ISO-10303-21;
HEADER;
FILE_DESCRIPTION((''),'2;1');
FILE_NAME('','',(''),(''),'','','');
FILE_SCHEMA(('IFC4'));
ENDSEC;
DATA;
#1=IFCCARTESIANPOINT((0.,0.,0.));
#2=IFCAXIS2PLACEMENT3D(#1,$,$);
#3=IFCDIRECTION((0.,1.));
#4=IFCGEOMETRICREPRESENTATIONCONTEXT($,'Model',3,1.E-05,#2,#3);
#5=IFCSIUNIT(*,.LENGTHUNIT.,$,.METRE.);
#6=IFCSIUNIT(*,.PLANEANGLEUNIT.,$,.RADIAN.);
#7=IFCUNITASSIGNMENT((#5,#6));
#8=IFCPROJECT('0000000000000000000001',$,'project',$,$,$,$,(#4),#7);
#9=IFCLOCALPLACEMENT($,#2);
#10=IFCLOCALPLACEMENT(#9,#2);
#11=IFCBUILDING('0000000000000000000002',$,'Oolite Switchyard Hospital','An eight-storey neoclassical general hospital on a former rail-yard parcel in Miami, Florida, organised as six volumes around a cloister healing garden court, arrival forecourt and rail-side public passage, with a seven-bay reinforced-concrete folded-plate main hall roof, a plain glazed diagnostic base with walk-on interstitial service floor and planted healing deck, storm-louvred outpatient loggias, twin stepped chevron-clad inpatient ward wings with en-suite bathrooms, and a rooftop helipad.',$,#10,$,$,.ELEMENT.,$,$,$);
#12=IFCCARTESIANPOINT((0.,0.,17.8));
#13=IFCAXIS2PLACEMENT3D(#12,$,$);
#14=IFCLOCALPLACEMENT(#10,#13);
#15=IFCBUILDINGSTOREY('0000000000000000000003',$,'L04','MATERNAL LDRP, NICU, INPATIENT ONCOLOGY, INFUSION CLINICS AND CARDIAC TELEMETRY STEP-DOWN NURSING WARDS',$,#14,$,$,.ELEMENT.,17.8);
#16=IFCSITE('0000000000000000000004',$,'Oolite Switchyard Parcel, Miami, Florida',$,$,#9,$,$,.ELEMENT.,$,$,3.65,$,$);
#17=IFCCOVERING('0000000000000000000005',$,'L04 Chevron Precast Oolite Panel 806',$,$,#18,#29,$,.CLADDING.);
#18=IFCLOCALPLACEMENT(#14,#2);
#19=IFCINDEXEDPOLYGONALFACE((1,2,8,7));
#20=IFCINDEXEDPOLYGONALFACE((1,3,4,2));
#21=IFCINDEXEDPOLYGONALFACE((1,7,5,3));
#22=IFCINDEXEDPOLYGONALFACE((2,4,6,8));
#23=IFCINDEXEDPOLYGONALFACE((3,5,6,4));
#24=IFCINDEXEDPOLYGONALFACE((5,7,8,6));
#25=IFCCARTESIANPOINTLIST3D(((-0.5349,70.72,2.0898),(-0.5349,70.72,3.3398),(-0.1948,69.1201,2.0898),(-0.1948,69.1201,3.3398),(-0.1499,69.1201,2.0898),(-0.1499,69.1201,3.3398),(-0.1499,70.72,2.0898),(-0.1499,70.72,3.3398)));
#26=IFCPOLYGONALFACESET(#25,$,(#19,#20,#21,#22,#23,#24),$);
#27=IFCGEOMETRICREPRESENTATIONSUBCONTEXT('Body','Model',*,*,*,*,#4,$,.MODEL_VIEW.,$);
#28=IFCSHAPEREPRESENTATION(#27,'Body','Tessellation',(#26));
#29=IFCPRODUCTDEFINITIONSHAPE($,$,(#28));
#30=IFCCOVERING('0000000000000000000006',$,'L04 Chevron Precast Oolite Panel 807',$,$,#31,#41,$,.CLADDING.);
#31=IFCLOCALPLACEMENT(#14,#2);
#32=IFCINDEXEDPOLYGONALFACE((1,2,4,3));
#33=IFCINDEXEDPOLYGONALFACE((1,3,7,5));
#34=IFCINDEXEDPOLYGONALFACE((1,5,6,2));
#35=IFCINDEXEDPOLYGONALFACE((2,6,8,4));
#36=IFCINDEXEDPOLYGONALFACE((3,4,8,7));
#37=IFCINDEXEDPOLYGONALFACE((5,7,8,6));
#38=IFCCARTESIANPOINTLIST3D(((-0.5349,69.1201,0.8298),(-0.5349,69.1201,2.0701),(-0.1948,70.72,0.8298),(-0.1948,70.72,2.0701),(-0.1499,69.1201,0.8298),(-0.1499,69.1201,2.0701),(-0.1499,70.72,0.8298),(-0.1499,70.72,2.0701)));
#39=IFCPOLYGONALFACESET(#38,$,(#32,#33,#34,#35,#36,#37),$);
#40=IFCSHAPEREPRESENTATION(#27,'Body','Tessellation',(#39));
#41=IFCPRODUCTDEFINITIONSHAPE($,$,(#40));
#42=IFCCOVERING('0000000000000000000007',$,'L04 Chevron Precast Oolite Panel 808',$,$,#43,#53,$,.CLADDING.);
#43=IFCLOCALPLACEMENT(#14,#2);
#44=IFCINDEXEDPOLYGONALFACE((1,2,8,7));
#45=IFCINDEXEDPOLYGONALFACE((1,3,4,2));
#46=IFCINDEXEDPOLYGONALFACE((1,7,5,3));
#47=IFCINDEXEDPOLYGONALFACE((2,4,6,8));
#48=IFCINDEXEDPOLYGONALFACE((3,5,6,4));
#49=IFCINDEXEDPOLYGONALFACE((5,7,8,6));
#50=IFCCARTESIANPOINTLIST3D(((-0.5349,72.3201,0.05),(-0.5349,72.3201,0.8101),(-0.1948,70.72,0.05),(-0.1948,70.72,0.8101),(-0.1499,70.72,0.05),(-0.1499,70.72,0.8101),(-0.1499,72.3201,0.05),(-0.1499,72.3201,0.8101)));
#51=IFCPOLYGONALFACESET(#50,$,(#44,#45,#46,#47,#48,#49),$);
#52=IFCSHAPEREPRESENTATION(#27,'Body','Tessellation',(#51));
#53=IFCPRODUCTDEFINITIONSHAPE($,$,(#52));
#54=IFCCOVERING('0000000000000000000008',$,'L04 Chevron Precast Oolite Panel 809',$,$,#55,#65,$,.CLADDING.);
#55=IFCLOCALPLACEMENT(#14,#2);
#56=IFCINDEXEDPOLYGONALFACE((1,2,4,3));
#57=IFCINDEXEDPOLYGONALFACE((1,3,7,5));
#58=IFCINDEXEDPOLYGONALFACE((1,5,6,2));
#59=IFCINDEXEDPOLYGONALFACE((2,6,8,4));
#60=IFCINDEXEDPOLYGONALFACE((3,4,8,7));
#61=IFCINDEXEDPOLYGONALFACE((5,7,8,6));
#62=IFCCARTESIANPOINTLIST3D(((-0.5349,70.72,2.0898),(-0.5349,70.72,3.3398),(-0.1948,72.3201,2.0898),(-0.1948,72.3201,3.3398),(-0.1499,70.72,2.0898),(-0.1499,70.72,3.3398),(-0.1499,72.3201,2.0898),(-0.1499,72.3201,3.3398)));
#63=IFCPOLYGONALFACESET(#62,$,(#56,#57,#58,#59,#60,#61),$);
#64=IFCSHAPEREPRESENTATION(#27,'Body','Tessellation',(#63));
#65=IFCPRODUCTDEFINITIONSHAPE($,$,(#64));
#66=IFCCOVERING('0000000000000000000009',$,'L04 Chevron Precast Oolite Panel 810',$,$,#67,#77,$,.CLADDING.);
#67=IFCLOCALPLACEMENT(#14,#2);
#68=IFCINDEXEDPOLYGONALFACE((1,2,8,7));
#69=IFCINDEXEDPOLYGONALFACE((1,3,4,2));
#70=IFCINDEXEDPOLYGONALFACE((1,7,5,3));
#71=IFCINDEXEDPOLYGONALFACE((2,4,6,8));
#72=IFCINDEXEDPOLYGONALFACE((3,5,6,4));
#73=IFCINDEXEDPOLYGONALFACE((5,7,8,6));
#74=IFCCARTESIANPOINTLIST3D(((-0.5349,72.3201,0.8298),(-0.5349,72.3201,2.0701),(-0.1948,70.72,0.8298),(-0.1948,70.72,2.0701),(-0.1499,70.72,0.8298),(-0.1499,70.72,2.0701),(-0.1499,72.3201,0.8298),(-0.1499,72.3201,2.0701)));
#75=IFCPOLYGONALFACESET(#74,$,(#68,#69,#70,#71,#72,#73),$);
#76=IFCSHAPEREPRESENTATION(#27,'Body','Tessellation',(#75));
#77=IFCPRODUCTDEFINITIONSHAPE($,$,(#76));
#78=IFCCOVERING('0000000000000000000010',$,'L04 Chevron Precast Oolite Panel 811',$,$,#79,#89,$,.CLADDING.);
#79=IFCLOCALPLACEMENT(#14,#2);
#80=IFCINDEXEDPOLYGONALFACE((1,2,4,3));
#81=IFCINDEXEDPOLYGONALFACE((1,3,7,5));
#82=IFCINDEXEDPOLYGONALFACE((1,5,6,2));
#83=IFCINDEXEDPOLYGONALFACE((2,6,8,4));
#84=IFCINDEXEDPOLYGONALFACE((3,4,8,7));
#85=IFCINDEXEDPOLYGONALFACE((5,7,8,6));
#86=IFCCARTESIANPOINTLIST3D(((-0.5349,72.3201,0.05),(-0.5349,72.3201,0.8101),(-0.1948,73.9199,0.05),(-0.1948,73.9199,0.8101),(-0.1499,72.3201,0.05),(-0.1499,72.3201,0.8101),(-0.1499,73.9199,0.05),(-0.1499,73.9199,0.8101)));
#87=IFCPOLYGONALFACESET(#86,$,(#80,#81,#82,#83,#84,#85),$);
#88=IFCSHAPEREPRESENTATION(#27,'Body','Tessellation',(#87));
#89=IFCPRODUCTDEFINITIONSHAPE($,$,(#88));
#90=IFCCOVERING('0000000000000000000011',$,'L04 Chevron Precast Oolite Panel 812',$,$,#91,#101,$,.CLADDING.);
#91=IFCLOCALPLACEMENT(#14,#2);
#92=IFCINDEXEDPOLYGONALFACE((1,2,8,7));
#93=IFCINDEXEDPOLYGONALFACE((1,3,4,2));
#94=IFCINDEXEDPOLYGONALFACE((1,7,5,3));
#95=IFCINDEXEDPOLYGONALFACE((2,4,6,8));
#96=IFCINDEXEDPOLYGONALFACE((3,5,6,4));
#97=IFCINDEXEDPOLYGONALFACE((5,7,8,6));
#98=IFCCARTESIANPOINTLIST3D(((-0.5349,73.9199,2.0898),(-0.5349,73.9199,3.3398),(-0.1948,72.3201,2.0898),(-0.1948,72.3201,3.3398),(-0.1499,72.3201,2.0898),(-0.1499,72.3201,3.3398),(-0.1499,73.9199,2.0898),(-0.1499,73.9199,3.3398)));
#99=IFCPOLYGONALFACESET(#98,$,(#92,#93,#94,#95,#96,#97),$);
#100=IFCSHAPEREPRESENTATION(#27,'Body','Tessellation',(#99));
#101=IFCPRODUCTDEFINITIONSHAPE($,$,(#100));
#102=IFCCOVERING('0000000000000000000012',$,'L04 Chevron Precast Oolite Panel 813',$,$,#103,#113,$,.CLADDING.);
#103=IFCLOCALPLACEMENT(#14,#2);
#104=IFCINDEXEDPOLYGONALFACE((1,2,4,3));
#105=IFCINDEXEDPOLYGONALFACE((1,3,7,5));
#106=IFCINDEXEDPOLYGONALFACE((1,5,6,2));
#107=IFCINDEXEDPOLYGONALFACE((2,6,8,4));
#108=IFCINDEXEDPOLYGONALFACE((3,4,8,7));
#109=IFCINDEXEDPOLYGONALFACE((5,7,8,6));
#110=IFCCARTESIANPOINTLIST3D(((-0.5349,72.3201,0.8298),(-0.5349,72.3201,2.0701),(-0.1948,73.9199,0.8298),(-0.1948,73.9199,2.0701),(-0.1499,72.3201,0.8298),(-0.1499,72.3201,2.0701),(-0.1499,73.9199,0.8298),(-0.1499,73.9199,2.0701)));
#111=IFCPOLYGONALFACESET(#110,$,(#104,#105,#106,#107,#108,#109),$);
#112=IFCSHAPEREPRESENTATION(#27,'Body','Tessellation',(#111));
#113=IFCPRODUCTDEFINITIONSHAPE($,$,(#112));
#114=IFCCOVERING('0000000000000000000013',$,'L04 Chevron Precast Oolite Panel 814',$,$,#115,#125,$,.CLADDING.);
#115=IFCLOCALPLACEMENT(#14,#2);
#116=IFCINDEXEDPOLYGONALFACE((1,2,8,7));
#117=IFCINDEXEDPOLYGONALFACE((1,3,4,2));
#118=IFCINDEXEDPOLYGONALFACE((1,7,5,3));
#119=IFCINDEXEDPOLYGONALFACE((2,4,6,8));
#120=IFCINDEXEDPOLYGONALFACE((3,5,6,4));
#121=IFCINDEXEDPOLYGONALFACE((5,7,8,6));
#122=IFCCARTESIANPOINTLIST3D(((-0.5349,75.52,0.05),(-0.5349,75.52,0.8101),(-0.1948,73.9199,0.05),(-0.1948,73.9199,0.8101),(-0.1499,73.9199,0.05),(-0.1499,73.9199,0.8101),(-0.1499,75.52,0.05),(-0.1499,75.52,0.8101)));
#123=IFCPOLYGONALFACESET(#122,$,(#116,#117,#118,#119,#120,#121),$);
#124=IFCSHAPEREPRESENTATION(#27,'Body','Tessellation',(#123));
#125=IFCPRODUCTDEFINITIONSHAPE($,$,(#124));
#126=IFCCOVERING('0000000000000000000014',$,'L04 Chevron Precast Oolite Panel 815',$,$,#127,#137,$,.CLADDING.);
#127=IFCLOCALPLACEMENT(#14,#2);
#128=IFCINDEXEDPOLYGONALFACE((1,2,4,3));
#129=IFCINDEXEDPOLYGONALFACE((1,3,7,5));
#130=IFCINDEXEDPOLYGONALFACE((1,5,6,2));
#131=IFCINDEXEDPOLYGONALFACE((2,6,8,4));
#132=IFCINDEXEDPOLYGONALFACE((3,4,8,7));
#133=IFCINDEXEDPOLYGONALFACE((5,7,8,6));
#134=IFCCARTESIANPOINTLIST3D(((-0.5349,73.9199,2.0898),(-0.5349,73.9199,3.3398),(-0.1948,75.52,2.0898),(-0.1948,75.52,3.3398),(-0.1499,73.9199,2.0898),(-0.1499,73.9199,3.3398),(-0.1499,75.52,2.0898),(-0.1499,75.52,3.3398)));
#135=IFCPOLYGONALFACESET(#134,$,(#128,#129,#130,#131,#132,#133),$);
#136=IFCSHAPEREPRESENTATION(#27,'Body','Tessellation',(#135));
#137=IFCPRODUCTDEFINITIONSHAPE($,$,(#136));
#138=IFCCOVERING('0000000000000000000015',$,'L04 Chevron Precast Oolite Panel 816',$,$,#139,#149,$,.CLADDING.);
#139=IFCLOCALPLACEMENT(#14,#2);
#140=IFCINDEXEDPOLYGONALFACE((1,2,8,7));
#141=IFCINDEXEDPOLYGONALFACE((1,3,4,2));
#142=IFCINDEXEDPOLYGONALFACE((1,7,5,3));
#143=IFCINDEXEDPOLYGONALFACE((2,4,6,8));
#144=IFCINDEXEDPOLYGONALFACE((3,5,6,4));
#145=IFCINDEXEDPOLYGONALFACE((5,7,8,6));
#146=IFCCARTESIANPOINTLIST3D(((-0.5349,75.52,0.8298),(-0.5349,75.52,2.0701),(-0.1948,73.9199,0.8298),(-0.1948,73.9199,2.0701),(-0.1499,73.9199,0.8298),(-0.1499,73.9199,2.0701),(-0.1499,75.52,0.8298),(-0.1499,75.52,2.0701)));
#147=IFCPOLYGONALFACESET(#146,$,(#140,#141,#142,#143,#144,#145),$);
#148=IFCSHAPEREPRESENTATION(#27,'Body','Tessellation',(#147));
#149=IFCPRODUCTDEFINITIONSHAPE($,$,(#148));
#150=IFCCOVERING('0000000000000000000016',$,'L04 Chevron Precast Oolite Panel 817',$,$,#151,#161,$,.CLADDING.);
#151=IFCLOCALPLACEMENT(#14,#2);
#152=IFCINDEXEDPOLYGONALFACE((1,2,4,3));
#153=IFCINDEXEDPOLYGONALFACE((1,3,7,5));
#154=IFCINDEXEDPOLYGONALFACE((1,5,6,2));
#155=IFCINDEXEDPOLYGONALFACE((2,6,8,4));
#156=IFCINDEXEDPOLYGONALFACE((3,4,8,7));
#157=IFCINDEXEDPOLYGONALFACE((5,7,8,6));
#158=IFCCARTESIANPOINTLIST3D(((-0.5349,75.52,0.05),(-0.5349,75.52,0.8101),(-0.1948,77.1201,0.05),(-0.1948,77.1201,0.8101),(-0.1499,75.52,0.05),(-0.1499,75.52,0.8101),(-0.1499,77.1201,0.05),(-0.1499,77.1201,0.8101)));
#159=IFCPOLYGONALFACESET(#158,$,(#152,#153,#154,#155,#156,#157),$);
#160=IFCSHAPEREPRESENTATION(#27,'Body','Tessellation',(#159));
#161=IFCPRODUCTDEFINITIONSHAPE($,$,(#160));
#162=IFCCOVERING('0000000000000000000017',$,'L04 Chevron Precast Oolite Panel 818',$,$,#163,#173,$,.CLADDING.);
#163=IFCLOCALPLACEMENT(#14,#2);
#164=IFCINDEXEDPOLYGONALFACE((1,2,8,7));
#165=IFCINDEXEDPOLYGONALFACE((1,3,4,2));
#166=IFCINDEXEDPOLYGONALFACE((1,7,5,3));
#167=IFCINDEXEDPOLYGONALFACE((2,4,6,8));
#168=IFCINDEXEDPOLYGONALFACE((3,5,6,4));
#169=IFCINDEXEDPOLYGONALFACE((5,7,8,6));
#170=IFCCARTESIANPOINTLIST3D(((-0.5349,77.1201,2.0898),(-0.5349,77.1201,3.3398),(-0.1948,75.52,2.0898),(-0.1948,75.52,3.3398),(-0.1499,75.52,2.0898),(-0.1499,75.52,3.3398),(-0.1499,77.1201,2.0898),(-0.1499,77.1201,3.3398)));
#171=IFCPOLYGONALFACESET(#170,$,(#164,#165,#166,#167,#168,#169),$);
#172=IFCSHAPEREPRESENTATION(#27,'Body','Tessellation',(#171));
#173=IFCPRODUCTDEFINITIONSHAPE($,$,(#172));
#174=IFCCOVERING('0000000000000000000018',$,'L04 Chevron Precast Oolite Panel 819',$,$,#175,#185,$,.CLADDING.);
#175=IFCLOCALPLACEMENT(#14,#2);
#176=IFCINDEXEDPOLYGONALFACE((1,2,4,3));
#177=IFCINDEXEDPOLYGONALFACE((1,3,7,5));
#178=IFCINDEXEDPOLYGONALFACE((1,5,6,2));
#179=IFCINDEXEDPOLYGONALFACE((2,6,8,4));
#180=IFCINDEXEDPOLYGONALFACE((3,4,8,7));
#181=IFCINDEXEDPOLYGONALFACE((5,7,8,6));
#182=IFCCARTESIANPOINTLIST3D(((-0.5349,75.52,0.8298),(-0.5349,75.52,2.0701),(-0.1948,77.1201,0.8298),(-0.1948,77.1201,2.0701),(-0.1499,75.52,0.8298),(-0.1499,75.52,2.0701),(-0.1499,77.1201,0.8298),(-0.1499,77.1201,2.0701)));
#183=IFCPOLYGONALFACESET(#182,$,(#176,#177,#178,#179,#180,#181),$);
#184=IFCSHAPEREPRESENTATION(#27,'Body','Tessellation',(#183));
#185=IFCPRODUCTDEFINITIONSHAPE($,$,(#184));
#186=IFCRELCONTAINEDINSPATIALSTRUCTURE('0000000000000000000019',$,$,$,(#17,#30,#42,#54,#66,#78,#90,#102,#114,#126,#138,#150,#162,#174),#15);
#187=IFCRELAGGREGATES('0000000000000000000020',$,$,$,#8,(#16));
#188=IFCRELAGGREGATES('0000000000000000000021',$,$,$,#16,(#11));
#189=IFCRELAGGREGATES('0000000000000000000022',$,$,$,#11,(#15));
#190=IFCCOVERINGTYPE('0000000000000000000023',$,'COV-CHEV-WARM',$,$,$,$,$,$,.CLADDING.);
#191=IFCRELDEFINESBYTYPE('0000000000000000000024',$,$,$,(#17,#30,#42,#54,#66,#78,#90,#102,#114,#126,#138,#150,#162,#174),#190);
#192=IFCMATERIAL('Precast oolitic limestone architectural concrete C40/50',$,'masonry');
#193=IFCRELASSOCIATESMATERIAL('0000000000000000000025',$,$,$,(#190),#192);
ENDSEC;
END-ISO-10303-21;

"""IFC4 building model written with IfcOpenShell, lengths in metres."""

from ifc_helpers import new_model, si_unit, direction, frame, origin, place, context, subcontext, project, spatial, polyline, outline, extrude, material, type_object, element, save


model = new_model("IFC4")

# Units and contexts
model_context = context("Model", 3, precision=1e-05, world=origin(), true_north=direction((0.0, 1.0)))
body_context = subcontext(model_context, "Body", "Model", "MODEL_VIEW")
ifc_project = project(units=[si_unit("LENGTHUNIT", "METRE"), si_unit("PLANEANGLEUNIT", "RADIAN")], contexts=[model_context])

# Site, building, storey
site_placement = place(None, origin())
site = spatial("IfcSite", under=ifc_project, at=site_placement, Name="Oolite Switchyard Parcel, Miami, Florida", CompositionType="ELEMENT", RefElevation=3.65)
building_placement = place(site_placement, origin())
building = spatial("IfcBuilding", under=site, at=building_placement, Name="Oolite Switchyard Hospital", Description="An eight-storey neoclassical general hospital on a former rail-yard parcel in Miami, Florida, organised as six volumes around a cloister healing garden court, arrival forecourt and rail-side public passage, with a seven-bay reinforced-concrete folded-plate main hall roof, a plain glazed diagnostic base with walk-on interstitial service floor and planted healing deck, storm-louvred outpatient loggias, twin stepped chevron-clad inpatient ward wings with en-suite bathrooms, and a rooftop helipad.", CompositionType="ELEMENT")
storey_placement = place(building_placement, frame((0.0, 0.0, 17.8)))
storey = spatial("IfcBuildingStorey", under=building, at=storey_placement, Name="L04", Description="MATERNAL LDRP, NICU, INPATIENT ONCOLOGY, INFUSION CLINICS AND CARDIAC TELEMETRY STEP-DOWN NURSING WARDS", CompositionType="ELEMENT", Elevation=17.8)

# Shared definitions
ifc_material_1 = material(Name="Precast oolitic limestone architectural concrete C40/50", Category="masonry")

# Coverings
covering_type = type_object("IfcCoveringType", Name="COV-CHEV-WARM", PredefinedType="CLADDING", material=ifc_material_1)
covering_1_placement = place(storey_placement, frame((-0.1499, 69.1201, 2.0898), z_axis=(0.0, 0.0, 1.0), x_axis=(0.0, 1.0, 0.0)))
element("IfcCovering", 1, at=covering_1_placement, inside=storey, type_object=covering_type, Name="L04 Chevron Precast Oolite Panel 806", PredefinedType="CLADDING", context=body_context, shape_type="SweptSolid", body=[
    extrude(outline(polyline([(0.0, 0.0), (1.5999, 0.0), (1.5999, 0.385), (0.0, 0.0449), (0.0, 0.0)])), origin(), (0.0, 0.0, 1.0), 1.25),
])
covering_2_placement = place(storey_placement, frame((-0.1499, 69.1201, 0.8298), z_axis=(0.0, 0.0, 1.0), x_axis=(0.0, 1.0, 0.0)))
element("IfcCovering", 2, at=covering_2_placement, inside=storey, type_object=covering_type, Name="L04 Chevron Precast Oolite Panel 807", PredefinedType="CLADDING", context=body_context, shape_type="SweptSolid", body=[
    extrude(outline(polyline([(0.0, 0.0), (1.5999, 0.0), (1.5999, 0.0449), (0.0, 0.385), (0.0, 0.0)])), origin(), (0.0, 0.0, 1.0), 1.2402),
])
covering_3_placement = place(storey_placement, frame((-0.1499, 70.72, 0.05), z_axis=(0.0, 0.0, 1.0), x_axis=(0.0, 1.0, 0.0)))
element("IfcCovering", 3, at=covering_3_placement, inside=storey, type_object=covering_type, Name="L04 Chevron Precast Oolite Panel 808", PredefinedType="CLADDING", context=body_context, shape_type="SweptSolid", body=[
    extrude(outline(polyline([(0.0, 0.0), (1.6001, 0.0), (1.6001, 0.385), (0.0, 0.0449), (0.0, 0.0)])), origin(), (0.0, 0.0, 1.0), 0.76),
])
covering_4_placement = place(storey_placement, frame((-0.1499, 70.72, 2.0898), z_axis=(0.0, 0.0, 1.0), x_axis=(0.0, 1.0, 0.0)))
element("IfcCovering", 4, at=covering_4_placement, inside=storey, type_object=covering_type, Name="L04 Chevron Precast Oolite Panel 809", PredefinedType="CLADDING", context=body_context, shape_type="SweptSolid", body=[
    extrude(outline(polyline([(0.0, 0.0), (1.6001, 0.0), (1.6001, 0.0449), (0.0, 0.385), (0.0, 0.0)])), origin(), (0.0, 0.0, 1.0), 1.25),
])
covering_5_placement = place(storey_placement, frame((-0.1499, 70.72, 0.8298), z_axis=(0.0, 0.0, 1.0), x_axis=(0.0, 1.0, 0.0)))
element("IfcCovering", 5, at=covering_5_placement, inside=storey, type_object=covering_type, Name="L04 Chevron Precast Oolite Panel 810", PredefinedType="CLADDING", context=body_context, shape_type="SweptSolid", body=[
    extrude(outline(polyline([(0.0, 0.0), (1.6001, 0.0), (1.6001, 0.385), (0.0, 0.0449), (0.0, 0.0)])), origin(), (0.0, 0.0, 1.0), 1.2402),
])
covering_6_placement = place(storey_placement, frame((-0.1499, 72.3201, 0.05), z_axis=(0.0, 0.0, 1.0), x_axis=(0.0, 1.0, 0.0)))
element("IfcCovering", 6, at=covering_6_placement, inside=storey, type_object=covering_type, Name="L04 Chevron Precast Oolite Panel 811", PredefinedType="CLADDING", context=body_context, shape_type="SweptSolid", body=[
    extrude(outline(polyline([(0.0, 0.0), (1.5999, 0.0), (1.5999, 0.0449), (0.0, 0.385), (0.0, 0.0)])), origin(), (0.0, 0.0, 1.0), 0.76),
])
covering_7_placement = place(storey_placement, frame((-0.1499, 72.3201, 2.0898), z_axis=(0.0, 0.0, 1.0), x_axis=(0.0, 1.0, 0.0)))
element("IfcCovering", 7, at=covering_7_placement, inside=storey, type_object=covering_type, Name="L04 Chevron Precast Oolite Panel 812", PredefinedType="CLADDING", context=body_context, shape_type="SweptSolid", body=[
    extrude(outline(polyline([(0.0, 0.0), (1.5999, 0.0), (1.5999, 0.385), (0.0, 0.0449), (0.0, 0.0)])), origin(), (0.0, 0.0, 1.0), 1.25),
])
covering_8_placement = place(storey_placement, frame((-0.1499, 72.3201, 0.8298), z_axis=(0.0, 0.0, 1.0), x_axis=(0.0, 1.0, 0.0)))
element("IfcCovering", 8, at=covering_8_placement, inside=storey, type_object=covering_type, Name="L04 Chevron Precast Oolite Panel 813", PredefinedType="CLADDING", context=body_context, shape_type="SweptSolid", body=[
    extrude(outline(polyline([(0.0, 0.0), (1.5999, 0.0), (1.5999, 0.0449), (0.0, 0.385), (0.0, 0.0)])), origin(), (0.0, 0.0, 1.0), 1.2402),
])
covering_9_placement = place(storey_placement, frame((-0.1499, 73.9199, 0.05), z_axis=(0.0, 0.0, 1.0), x_axis=(0.0, 1.0, 0.0)))
element("IfcCovering", 9, at=covering_9_placement, inside=storey, type_object=covering_type, Name="L04 Chevron Precast Oolite Panel 814", PredefinedType="CLADDING", context=body_context, shape_type="SweptSolid", body=[
    extrude(outline(polyline([(0.0, 0.0), (1.6001, 0.0), (1.6001, 0.385), (0.0, 0.0449), (0.0, 0.0)])), origin(), (0.0, 0.0, 1.0), 0.76),
])
covering_10_placement = place(storey_placement, frame((-0.1499, 73.9199, 2.0898), z_axis=(0.0, 0.0, 1.0), x_axis=(0.0, 1.0, 0.0)))
element("IfcCovering", 10, at=covering_10_placement, inside=storey, type_object=covering_type, Name="L04 Chevron Precast Oolite Panel 815", PredefinedType="CLADDING", context=body_context, shape_type="SweptSolid", body=[
    extrude(outline(polyline([(0.0, 0.0), (1.6001, 0.0), (1.6001, 0.0449), (0.0, 0.385), (0.0, 0.0)])), origin(), (0.0, 0.0, 1.0), 1.25),
])
covering_11_placement = place(storey_placement, frame((-0.1499, 73.9199, 0.8298), z_axis=(0.0, 0.0, 1.0), x_axis=(0.0, 1.0, 0.0)))
element("IfcCovering", 11, at=covering_11_placement, inside=storey, type_object=covering_type, Name="L04 Chevron Precast Oolite Panel 816", PredefinedType="CLADDING", context=body_context, shape_type="SweptSolid", body=[
    extrude(outline(polyline([(0.0, 0.0), (1.6001, 0.0), (1.6001, 0.385), (0.0, 0.0449), (0.0, 0.0)])), origin(), (0.0, 0.0, 1.0), 1.2402),
])
covering_12_placement = place(storey_placement, frame((-0.1499, 75.52, 0.05), z_axis=(0.0, 0.0, 1.0), x_axis=(0.0, 1.0, 0.0)))
element("IfcCovering", 12, at=covering_12_placement, inside=storey, type_object=covering_type, Name="L04 Chevron Precast Oolite Panel 817", PredefinedType="CLADDING", context=body_context, shape_type="SweptSolid", body=[
    extrude(outline(polyline([(0.0, 0.0), (1.6001, 0.0), (1.6001, 0.0449), (0.0, 0.385), (0.0, 0.0)])), origin(), (0.0, 0.0, 1.0), 0.76),
])
covering_13_placement = place(storey_placement, frame((-0.1499, 75.52, 2.0898), z_axis=(0.0, 0.0, 1.0), x_axis=(0.0, 1.0, 0.0)))
element("IfcCovering", 13, at=covering_13_placement, inside=storey, type_object=covering_type, Name="L04 Chevron Precast Oolite Panel 818", PredefinedType="CLADDING", context=body_context, shape_type="SweptSolid", body=[
    extrude(outline(polyline([(0.0, 0.0), (1.6001, 0.0), (1.6001, 0.385), (0.0, 0.0449), (0.0, 0.0)])), origin(), (0.0, 0.0, 1.0), 1.25),
])
covering_14_placement = place(storey_placement, frame((-0.1499, 75.52, 0.8298), z_axis=(0.0, 0.0, 1.0), x_axis=(0.0, 1.0, 0.0)))
element("IfcCovering", 14, at=covering_14_placement, inside=storey, type_object=covering_type, Name="L04 Chevron Precast Oolite Panel 819", PredefinedType="CLADDING", context=body_context, shape_type="SweptSolid", body=[
    extrude(outline(polyline([(0.0, 0.0), (1.6001, 0.0), (1.6001, 0.0449), (0.0, 0.385), (0.0, 0.0)])), origin(), (0.0, 0.0, 1.0), 1.2402),
])

save(model, "model.ifc")
